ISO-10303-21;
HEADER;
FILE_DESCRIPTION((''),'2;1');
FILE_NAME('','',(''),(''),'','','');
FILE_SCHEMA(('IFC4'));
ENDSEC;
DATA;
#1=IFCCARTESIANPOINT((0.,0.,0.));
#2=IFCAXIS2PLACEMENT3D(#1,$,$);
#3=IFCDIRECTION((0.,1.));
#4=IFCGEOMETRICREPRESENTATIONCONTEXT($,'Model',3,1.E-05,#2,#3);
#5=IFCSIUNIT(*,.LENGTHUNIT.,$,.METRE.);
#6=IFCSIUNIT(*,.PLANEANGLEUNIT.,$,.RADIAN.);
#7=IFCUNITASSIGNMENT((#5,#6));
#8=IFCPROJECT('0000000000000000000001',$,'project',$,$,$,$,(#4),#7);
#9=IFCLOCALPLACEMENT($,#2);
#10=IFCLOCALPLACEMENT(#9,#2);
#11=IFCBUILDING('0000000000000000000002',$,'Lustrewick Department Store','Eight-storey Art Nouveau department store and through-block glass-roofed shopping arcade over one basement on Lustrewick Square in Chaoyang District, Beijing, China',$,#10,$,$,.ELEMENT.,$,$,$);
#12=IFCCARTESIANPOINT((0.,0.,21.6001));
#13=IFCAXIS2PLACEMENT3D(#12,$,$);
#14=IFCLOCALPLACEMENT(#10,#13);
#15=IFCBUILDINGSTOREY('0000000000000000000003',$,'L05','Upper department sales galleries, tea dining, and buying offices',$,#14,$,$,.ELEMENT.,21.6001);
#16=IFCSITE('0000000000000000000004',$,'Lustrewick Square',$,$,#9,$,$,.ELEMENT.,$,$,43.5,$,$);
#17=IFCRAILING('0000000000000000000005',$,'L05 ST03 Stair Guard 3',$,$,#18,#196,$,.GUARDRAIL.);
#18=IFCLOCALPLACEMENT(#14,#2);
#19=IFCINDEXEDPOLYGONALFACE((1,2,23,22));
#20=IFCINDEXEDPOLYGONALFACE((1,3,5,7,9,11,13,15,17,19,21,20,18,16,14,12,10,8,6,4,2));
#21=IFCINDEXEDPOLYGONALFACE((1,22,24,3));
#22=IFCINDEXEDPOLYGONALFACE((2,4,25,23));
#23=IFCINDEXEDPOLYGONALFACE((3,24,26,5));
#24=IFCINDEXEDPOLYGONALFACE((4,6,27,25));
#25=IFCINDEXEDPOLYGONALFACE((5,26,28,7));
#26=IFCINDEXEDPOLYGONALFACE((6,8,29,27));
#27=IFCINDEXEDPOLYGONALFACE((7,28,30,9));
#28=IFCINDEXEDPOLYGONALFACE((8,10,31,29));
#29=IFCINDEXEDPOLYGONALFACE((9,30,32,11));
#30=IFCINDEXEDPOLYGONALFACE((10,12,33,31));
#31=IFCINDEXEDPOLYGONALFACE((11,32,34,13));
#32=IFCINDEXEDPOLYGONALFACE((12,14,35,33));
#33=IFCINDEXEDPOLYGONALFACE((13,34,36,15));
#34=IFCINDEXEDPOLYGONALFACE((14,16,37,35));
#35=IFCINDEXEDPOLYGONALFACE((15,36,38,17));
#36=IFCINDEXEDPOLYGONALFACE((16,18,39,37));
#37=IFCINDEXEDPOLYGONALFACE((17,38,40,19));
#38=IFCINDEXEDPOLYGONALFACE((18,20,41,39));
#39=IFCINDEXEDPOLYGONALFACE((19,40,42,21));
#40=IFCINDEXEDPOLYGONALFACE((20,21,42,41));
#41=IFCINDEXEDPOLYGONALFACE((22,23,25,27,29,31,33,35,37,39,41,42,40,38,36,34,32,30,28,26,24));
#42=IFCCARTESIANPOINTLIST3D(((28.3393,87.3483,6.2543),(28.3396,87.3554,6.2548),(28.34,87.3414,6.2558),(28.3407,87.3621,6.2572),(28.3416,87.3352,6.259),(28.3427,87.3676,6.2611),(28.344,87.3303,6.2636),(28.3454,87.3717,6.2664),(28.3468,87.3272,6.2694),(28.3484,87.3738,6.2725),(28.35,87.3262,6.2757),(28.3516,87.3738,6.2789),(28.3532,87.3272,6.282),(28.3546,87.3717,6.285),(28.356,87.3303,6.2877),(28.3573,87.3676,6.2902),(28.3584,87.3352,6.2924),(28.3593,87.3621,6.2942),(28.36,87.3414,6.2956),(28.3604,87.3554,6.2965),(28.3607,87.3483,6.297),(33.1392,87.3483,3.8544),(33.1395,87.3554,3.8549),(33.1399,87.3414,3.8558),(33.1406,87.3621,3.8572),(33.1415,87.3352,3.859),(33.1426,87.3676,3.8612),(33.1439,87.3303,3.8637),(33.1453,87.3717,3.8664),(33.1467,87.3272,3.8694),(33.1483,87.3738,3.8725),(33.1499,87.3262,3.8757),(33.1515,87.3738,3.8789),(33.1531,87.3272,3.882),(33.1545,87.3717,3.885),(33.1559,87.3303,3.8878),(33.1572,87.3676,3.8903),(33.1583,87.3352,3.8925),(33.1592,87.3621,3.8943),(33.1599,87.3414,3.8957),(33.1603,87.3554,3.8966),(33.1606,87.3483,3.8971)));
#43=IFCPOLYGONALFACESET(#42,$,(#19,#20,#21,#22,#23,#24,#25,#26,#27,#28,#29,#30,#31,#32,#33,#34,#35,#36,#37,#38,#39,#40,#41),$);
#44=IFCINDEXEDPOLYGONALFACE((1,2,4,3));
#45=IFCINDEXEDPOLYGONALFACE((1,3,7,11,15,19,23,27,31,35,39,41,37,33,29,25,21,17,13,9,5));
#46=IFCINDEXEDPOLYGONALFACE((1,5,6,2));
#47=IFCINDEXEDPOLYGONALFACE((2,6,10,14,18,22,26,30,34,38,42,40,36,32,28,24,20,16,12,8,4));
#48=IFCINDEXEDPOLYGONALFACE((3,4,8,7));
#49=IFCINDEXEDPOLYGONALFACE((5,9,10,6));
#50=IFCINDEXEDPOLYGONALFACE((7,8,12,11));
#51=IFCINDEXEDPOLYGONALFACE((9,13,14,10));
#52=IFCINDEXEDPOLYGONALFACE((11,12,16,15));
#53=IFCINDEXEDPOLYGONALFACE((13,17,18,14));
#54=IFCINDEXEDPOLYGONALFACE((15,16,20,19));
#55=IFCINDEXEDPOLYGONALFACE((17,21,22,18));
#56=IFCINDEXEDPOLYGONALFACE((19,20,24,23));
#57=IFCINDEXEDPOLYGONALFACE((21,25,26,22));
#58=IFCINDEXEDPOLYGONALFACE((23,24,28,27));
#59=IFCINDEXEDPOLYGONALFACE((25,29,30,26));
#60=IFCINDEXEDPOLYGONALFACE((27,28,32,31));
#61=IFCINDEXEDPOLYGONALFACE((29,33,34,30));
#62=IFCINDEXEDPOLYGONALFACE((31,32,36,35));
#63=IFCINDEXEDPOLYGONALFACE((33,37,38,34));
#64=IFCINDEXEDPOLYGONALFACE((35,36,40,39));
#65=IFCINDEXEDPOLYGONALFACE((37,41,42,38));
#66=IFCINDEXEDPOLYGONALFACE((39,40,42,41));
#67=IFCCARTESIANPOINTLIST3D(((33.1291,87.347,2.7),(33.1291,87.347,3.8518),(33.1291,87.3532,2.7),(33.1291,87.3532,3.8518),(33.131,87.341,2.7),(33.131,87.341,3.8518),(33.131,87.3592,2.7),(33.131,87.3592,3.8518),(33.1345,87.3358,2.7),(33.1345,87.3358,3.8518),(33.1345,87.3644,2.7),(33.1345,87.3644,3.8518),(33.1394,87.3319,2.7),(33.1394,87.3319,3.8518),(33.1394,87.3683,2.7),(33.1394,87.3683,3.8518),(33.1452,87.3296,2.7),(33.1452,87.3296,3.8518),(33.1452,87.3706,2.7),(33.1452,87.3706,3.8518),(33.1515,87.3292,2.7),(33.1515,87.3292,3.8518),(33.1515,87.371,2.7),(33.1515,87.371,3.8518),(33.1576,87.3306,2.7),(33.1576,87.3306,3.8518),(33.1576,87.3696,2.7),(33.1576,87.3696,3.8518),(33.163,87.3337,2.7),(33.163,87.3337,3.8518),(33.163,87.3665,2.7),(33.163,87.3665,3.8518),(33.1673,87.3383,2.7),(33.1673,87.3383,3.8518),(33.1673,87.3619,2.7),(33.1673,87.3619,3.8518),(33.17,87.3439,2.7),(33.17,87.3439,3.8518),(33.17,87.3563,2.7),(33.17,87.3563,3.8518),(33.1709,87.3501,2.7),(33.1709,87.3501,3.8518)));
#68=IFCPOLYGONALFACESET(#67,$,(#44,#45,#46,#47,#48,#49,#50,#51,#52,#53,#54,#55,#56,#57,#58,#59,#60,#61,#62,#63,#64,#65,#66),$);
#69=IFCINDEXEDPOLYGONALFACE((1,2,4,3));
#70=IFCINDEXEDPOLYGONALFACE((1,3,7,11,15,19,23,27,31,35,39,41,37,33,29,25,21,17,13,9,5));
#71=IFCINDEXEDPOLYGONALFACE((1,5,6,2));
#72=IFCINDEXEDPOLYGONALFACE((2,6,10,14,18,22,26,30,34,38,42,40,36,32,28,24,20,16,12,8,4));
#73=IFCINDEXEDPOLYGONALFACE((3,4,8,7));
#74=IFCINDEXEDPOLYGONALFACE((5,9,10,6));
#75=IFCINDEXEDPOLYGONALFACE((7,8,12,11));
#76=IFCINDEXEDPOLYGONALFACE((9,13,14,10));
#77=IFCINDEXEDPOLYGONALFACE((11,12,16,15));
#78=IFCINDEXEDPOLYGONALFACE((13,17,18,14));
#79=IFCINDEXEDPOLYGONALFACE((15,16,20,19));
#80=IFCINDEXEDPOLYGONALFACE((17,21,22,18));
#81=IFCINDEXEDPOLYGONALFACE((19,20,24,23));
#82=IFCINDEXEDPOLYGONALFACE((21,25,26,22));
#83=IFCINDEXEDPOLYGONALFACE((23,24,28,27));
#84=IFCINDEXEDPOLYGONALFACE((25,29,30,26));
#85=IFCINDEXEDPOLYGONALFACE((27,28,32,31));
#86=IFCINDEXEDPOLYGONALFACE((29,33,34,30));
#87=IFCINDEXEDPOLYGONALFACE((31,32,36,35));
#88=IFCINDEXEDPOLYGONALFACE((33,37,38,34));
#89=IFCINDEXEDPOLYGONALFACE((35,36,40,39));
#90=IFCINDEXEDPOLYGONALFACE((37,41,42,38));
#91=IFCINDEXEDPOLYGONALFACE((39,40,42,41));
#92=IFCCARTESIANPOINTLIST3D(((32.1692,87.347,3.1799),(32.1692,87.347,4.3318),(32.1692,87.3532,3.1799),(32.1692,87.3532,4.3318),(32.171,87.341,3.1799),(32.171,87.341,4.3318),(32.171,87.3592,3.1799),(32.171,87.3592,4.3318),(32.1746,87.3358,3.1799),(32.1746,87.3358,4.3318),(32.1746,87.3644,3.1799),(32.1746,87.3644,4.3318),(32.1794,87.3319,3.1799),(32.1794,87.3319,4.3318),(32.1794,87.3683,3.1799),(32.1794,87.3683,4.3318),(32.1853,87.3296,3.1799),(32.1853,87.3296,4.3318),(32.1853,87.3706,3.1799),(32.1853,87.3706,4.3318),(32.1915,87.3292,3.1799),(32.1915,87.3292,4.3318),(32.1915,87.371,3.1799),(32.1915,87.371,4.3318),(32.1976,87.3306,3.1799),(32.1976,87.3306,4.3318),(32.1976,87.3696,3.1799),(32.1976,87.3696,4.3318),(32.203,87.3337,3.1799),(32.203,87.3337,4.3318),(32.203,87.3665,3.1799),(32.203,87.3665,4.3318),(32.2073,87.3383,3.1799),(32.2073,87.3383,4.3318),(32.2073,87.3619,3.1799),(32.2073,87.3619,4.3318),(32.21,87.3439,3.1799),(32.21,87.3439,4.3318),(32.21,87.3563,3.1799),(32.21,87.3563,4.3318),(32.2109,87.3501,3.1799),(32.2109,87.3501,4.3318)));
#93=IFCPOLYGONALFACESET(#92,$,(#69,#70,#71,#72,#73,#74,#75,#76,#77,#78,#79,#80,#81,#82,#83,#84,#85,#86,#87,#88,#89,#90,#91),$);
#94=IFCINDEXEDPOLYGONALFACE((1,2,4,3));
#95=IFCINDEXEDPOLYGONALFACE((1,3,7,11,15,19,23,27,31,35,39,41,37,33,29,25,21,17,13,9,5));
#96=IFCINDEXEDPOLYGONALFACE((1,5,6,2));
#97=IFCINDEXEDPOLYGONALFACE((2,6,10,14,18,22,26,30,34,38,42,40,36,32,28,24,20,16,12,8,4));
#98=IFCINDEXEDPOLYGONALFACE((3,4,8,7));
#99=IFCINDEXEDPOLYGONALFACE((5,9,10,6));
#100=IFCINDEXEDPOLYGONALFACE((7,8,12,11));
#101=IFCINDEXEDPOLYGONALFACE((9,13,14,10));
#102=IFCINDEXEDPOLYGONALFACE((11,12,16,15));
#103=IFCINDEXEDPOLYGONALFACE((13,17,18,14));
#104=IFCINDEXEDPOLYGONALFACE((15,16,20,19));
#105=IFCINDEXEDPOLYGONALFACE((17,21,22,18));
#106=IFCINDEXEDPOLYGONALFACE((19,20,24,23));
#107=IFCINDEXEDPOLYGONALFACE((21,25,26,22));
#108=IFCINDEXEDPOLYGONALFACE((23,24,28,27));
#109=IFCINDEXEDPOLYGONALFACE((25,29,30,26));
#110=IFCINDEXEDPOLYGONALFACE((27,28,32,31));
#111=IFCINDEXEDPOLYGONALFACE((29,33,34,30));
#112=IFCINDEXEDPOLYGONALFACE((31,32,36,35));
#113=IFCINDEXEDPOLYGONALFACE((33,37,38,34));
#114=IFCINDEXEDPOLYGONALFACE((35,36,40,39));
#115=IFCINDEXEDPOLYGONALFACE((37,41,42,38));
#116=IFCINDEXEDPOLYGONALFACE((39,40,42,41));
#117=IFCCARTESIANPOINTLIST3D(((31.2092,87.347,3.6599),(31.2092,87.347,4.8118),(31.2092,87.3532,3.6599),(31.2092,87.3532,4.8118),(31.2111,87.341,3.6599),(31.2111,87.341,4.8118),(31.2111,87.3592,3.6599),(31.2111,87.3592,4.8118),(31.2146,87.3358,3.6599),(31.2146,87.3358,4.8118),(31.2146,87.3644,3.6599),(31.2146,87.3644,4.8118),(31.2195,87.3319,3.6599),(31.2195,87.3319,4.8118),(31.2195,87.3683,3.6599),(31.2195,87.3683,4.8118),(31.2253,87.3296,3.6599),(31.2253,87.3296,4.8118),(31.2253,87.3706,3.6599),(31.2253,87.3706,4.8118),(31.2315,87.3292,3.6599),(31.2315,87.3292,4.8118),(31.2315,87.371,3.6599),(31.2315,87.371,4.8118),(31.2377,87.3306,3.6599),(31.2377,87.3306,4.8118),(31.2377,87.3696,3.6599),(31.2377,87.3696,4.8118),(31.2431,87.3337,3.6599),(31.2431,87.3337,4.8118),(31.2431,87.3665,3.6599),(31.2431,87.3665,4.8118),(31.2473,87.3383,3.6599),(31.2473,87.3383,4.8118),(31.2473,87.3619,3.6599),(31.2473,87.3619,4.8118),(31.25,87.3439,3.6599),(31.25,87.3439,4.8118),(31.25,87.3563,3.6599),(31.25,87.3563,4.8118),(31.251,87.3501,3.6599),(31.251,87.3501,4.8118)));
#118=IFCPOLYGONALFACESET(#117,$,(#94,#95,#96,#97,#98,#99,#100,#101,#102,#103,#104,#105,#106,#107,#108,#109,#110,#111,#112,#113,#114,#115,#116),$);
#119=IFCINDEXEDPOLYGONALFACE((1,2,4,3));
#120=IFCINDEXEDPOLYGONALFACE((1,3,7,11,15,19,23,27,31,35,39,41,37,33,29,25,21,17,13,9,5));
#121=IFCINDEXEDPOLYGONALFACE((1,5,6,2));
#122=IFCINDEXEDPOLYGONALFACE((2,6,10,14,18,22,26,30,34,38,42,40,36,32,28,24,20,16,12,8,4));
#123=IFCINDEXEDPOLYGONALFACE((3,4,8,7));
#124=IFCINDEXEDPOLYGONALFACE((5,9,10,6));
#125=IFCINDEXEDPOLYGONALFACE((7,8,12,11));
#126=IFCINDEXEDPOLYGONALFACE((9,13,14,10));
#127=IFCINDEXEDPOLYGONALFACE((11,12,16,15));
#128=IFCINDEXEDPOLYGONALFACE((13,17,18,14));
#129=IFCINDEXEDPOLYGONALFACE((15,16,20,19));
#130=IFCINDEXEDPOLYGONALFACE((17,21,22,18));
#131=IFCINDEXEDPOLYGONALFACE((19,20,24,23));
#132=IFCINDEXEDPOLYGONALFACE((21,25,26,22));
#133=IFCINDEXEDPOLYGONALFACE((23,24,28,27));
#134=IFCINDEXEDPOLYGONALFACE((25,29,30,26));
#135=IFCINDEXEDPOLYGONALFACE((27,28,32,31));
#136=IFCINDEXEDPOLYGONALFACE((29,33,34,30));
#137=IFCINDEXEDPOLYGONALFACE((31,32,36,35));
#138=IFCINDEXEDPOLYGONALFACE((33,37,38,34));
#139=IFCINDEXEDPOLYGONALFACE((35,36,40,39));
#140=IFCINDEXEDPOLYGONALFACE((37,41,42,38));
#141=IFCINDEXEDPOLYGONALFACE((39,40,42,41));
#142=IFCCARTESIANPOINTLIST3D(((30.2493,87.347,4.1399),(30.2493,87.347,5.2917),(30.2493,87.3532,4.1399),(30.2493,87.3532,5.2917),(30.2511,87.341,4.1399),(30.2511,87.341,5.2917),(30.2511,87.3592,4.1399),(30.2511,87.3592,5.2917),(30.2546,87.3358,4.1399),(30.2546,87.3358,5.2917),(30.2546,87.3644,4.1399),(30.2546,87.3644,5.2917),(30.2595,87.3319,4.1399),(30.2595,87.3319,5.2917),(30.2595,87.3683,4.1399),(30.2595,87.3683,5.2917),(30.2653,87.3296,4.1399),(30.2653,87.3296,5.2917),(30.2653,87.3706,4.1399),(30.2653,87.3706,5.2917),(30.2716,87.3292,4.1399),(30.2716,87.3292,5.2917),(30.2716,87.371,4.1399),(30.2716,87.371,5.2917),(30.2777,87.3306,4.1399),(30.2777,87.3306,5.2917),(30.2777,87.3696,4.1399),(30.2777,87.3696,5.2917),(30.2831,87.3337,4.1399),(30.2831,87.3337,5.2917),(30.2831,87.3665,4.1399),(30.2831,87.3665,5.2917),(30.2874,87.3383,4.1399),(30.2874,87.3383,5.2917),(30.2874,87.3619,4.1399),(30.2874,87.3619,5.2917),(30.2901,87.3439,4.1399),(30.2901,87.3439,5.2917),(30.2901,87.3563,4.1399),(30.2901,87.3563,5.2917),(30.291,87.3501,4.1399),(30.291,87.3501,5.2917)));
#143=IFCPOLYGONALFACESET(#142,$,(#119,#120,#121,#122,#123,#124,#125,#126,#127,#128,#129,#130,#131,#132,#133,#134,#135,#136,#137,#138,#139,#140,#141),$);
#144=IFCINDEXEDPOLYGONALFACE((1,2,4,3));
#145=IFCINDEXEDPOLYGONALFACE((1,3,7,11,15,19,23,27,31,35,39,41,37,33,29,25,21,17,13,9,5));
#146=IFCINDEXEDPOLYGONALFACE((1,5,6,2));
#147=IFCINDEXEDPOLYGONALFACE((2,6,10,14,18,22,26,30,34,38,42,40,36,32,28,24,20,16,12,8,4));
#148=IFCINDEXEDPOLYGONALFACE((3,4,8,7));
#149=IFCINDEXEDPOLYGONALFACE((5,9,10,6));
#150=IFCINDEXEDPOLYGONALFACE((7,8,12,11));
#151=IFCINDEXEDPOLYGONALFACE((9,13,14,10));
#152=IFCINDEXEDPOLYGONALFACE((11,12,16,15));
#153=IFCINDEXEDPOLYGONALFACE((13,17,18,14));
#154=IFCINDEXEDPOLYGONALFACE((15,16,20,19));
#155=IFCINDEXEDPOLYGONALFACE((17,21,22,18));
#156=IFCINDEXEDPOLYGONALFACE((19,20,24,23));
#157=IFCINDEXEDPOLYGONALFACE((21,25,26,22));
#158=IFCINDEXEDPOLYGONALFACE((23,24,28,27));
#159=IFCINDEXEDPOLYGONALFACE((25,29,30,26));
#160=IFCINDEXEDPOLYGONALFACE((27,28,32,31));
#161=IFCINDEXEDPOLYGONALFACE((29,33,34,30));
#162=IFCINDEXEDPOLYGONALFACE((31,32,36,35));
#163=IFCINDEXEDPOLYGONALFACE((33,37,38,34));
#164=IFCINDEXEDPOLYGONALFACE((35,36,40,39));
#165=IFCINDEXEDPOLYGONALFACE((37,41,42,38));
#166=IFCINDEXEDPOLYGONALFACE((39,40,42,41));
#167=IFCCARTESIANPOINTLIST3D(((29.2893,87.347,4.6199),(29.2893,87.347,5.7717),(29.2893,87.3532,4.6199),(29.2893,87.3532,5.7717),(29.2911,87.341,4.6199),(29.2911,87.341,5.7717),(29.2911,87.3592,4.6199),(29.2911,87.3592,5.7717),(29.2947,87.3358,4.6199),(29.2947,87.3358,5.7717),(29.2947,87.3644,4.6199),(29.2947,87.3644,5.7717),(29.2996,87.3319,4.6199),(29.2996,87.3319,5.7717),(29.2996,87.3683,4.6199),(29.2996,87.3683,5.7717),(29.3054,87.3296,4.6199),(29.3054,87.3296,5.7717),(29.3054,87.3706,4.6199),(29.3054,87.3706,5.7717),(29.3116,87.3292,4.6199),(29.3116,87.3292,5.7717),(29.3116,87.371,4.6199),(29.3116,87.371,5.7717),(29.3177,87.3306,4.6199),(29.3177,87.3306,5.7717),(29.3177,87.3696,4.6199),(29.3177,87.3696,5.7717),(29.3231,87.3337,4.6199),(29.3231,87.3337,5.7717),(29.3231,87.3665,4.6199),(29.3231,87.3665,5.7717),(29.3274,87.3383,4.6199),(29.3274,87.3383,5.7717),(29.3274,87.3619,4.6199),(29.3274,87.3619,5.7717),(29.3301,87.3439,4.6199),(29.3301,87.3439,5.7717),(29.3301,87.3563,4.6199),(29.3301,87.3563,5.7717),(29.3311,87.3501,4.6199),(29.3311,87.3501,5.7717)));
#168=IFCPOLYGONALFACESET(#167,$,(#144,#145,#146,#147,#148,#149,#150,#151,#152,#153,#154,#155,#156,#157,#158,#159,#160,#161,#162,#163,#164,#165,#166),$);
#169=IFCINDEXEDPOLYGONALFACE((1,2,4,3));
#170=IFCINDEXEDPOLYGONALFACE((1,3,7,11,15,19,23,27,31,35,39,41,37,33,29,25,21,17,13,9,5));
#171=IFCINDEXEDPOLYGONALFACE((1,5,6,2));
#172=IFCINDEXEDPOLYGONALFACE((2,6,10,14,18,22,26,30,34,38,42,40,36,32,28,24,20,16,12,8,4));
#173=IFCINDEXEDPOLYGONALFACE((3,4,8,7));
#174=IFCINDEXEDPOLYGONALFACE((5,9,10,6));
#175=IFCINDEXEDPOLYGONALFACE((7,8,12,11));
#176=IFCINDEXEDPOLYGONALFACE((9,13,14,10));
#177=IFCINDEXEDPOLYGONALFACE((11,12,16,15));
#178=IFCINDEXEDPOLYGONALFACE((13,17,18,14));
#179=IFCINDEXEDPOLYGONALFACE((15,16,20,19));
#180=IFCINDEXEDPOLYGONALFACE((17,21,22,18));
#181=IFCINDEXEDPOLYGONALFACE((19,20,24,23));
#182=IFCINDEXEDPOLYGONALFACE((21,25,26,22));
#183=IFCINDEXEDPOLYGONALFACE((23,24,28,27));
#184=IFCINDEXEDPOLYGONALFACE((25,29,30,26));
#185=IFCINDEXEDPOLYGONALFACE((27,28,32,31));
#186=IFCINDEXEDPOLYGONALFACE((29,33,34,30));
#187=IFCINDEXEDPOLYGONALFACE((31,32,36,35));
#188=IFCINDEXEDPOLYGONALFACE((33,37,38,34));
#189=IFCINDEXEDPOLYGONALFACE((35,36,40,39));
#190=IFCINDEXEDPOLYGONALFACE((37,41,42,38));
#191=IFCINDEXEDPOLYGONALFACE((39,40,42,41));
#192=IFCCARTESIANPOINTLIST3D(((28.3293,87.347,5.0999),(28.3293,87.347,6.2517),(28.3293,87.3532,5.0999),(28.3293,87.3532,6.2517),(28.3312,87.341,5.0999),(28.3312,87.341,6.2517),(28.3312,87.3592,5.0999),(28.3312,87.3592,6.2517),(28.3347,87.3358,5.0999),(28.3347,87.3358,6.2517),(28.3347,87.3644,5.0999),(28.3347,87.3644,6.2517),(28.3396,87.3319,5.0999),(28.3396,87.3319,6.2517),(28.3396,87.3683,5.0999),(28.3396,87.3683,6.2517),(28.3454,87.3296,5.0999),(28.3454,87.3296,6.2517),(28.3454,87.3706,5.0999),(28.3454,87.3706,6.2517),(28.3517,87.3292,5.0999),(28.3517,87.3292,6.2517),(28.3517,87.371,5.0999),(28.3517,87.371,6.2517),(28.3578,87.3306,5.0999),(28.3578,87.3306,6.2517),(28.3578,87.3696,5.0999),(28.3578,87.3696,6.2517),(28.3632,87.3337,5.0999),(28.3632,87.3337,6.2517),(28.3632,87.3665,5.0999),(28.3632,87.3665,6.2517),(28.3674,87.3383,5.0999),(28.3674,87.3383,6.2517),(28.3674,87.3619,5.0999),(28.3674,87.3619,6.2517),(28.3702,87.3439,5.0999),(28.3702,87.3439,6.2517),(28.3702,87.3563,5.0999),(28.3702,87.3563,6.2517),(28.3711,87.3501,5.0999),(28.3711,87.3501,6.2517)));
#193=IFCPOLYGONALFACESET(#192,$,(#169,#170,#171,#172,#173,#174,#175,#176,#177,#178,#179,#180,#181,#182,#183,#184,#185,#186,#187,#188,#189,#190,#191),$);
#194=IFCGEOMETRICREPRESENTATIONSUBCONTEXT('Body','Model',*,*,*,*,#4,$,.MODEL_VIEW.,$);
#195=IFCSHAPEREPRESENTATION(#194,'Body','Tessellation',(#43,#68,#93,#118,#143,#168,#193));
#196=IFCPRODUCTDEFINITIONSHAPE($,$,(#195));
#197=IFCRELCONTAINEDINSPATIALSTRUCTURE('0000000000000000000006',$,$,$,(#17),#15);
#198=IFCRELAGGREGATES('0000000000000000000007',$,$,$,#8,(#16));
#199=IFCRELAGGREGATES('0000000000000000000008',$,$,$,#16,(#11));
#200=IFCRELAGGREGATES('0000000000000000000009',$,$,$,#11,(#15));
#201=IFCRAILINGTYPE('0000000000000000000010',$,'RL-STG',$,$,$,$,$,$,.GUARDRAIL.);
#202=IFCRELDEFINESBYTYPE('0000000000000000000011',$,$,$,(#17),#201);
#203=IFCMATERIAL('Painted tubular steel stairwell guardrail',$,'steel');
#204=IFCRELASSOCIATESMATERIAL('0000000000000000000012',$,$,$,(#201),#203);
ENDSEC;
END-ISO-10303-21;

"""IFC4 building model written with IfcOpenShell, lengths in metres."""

from ifc_helpers import new_model, si_unit, direction, frame, origin, origin_2d, place, context, subcontext, project, spatial, circle, extrude, material, type_object, element, save


model = new_model("IFC4")

# Units and contexts
model_context = context("Model", 3, precision=1e-05, world=origin(), true_north=direction((0.0, 1.0)))
body_context = subcontext(model_context, "Body", "Model", "MODEL_VIEW")
ifc_project = project(units=[si_unit("LENGTHUNIT", "METRE"), si_unit("PLANEANGLEUNIT", "RADIAN")], contexts=[model_context])

# Site, building, storey
site_placement = place(None, origin())
site = spatial("IfcSite", under=ifc_project, at=site_placement, Name="Lustrewick Square", CompositionType="ELEMENT", RefElevation=43.5)
building_placement = place(site_placement, origin())
building = spatial("IfcBuilding", under=site, at=building_placement, Name="Lustrewick Department Store", Description="Eight-storey Art Nouveau department store and through-block glass-roofed shopping arcade over one basement on Lustrewick Square in Chaoyang District, Beijing, China", CompositionType="ELEMENT")
storey_placement = place(building_placement, frame((0.0, 0.0, 21.6001)))
storey = spatial("IfcBuildingStorey", under=building, at=storey_placement, Name="L05", Description="Upper department sales galleries, tea dining, and buying offices", CompositionType="ELEMENT", Elevation=21.6001)

# Railing
ifc_material_1 = material(Name="Painted tubular steel stairwell guardrail", Category="steel")
railing_type_1 = type_object("IfcRailingType", Name="RL-STG", PredefinedType="GUARDRAIL", material=ifc_material_1)
railing_1_placement = place(storey_placement, frame((33.1499, 87.3501, 2.7)))
element("IfcRailing", 1, at=railing_1_placement, inside=storey, type_object=railing_type_1, Name="L05 ST03 Stair Guard 3", PredefinedType="GUARDRAIL", context=body_context, shape_type="SweptSolid", body=[
    extrude(circle(Radius=0.0239, at=origin_2d()), frame((0.0, 0.0, 1.1758), z_axis=(-0.894427, 0.0, 0.447214), x_axis=(0.0, -1.0, 0.0)), (0.0, 0.0, 1.0), 5.3665),
    extrude(circle(Radius=0.021, at=origin_2d()), origin(), (0.0, 0.0, 1.0), 1.1519),
    extrude(circle(Radius=0.021, at=origin_2d()), frame((-0.96, 0.0, 0.48)), (0.0, 0.0, 1.0), 1.1519),
    extrude(circle(Radius=0.021, at=origin_2d()), frame((-1.9199, 0.0, 0.96)), (0.0, 0.0, 1.0), 1.1519),
    extrude(circle(Radius=0.021, at=origin_2d()), frame((-2.8799, 0.0, 1.4399)), (0.0, 0.0, 1.0), 1.1519),
    extrude(circle(Radius=0.021, at=origin_2d()), frame((-3.8398, 0.0, 1.9199)), (0.0, 0.0, 1.0), 1.1519),
    extrude(circle(Radius=0.021, at=origin_2d()), frame((-4.7998, 0.0, 2.3999)), (0.0, 0.0, 1.0), 1.1519),
])

save(model, "model.ifc")
